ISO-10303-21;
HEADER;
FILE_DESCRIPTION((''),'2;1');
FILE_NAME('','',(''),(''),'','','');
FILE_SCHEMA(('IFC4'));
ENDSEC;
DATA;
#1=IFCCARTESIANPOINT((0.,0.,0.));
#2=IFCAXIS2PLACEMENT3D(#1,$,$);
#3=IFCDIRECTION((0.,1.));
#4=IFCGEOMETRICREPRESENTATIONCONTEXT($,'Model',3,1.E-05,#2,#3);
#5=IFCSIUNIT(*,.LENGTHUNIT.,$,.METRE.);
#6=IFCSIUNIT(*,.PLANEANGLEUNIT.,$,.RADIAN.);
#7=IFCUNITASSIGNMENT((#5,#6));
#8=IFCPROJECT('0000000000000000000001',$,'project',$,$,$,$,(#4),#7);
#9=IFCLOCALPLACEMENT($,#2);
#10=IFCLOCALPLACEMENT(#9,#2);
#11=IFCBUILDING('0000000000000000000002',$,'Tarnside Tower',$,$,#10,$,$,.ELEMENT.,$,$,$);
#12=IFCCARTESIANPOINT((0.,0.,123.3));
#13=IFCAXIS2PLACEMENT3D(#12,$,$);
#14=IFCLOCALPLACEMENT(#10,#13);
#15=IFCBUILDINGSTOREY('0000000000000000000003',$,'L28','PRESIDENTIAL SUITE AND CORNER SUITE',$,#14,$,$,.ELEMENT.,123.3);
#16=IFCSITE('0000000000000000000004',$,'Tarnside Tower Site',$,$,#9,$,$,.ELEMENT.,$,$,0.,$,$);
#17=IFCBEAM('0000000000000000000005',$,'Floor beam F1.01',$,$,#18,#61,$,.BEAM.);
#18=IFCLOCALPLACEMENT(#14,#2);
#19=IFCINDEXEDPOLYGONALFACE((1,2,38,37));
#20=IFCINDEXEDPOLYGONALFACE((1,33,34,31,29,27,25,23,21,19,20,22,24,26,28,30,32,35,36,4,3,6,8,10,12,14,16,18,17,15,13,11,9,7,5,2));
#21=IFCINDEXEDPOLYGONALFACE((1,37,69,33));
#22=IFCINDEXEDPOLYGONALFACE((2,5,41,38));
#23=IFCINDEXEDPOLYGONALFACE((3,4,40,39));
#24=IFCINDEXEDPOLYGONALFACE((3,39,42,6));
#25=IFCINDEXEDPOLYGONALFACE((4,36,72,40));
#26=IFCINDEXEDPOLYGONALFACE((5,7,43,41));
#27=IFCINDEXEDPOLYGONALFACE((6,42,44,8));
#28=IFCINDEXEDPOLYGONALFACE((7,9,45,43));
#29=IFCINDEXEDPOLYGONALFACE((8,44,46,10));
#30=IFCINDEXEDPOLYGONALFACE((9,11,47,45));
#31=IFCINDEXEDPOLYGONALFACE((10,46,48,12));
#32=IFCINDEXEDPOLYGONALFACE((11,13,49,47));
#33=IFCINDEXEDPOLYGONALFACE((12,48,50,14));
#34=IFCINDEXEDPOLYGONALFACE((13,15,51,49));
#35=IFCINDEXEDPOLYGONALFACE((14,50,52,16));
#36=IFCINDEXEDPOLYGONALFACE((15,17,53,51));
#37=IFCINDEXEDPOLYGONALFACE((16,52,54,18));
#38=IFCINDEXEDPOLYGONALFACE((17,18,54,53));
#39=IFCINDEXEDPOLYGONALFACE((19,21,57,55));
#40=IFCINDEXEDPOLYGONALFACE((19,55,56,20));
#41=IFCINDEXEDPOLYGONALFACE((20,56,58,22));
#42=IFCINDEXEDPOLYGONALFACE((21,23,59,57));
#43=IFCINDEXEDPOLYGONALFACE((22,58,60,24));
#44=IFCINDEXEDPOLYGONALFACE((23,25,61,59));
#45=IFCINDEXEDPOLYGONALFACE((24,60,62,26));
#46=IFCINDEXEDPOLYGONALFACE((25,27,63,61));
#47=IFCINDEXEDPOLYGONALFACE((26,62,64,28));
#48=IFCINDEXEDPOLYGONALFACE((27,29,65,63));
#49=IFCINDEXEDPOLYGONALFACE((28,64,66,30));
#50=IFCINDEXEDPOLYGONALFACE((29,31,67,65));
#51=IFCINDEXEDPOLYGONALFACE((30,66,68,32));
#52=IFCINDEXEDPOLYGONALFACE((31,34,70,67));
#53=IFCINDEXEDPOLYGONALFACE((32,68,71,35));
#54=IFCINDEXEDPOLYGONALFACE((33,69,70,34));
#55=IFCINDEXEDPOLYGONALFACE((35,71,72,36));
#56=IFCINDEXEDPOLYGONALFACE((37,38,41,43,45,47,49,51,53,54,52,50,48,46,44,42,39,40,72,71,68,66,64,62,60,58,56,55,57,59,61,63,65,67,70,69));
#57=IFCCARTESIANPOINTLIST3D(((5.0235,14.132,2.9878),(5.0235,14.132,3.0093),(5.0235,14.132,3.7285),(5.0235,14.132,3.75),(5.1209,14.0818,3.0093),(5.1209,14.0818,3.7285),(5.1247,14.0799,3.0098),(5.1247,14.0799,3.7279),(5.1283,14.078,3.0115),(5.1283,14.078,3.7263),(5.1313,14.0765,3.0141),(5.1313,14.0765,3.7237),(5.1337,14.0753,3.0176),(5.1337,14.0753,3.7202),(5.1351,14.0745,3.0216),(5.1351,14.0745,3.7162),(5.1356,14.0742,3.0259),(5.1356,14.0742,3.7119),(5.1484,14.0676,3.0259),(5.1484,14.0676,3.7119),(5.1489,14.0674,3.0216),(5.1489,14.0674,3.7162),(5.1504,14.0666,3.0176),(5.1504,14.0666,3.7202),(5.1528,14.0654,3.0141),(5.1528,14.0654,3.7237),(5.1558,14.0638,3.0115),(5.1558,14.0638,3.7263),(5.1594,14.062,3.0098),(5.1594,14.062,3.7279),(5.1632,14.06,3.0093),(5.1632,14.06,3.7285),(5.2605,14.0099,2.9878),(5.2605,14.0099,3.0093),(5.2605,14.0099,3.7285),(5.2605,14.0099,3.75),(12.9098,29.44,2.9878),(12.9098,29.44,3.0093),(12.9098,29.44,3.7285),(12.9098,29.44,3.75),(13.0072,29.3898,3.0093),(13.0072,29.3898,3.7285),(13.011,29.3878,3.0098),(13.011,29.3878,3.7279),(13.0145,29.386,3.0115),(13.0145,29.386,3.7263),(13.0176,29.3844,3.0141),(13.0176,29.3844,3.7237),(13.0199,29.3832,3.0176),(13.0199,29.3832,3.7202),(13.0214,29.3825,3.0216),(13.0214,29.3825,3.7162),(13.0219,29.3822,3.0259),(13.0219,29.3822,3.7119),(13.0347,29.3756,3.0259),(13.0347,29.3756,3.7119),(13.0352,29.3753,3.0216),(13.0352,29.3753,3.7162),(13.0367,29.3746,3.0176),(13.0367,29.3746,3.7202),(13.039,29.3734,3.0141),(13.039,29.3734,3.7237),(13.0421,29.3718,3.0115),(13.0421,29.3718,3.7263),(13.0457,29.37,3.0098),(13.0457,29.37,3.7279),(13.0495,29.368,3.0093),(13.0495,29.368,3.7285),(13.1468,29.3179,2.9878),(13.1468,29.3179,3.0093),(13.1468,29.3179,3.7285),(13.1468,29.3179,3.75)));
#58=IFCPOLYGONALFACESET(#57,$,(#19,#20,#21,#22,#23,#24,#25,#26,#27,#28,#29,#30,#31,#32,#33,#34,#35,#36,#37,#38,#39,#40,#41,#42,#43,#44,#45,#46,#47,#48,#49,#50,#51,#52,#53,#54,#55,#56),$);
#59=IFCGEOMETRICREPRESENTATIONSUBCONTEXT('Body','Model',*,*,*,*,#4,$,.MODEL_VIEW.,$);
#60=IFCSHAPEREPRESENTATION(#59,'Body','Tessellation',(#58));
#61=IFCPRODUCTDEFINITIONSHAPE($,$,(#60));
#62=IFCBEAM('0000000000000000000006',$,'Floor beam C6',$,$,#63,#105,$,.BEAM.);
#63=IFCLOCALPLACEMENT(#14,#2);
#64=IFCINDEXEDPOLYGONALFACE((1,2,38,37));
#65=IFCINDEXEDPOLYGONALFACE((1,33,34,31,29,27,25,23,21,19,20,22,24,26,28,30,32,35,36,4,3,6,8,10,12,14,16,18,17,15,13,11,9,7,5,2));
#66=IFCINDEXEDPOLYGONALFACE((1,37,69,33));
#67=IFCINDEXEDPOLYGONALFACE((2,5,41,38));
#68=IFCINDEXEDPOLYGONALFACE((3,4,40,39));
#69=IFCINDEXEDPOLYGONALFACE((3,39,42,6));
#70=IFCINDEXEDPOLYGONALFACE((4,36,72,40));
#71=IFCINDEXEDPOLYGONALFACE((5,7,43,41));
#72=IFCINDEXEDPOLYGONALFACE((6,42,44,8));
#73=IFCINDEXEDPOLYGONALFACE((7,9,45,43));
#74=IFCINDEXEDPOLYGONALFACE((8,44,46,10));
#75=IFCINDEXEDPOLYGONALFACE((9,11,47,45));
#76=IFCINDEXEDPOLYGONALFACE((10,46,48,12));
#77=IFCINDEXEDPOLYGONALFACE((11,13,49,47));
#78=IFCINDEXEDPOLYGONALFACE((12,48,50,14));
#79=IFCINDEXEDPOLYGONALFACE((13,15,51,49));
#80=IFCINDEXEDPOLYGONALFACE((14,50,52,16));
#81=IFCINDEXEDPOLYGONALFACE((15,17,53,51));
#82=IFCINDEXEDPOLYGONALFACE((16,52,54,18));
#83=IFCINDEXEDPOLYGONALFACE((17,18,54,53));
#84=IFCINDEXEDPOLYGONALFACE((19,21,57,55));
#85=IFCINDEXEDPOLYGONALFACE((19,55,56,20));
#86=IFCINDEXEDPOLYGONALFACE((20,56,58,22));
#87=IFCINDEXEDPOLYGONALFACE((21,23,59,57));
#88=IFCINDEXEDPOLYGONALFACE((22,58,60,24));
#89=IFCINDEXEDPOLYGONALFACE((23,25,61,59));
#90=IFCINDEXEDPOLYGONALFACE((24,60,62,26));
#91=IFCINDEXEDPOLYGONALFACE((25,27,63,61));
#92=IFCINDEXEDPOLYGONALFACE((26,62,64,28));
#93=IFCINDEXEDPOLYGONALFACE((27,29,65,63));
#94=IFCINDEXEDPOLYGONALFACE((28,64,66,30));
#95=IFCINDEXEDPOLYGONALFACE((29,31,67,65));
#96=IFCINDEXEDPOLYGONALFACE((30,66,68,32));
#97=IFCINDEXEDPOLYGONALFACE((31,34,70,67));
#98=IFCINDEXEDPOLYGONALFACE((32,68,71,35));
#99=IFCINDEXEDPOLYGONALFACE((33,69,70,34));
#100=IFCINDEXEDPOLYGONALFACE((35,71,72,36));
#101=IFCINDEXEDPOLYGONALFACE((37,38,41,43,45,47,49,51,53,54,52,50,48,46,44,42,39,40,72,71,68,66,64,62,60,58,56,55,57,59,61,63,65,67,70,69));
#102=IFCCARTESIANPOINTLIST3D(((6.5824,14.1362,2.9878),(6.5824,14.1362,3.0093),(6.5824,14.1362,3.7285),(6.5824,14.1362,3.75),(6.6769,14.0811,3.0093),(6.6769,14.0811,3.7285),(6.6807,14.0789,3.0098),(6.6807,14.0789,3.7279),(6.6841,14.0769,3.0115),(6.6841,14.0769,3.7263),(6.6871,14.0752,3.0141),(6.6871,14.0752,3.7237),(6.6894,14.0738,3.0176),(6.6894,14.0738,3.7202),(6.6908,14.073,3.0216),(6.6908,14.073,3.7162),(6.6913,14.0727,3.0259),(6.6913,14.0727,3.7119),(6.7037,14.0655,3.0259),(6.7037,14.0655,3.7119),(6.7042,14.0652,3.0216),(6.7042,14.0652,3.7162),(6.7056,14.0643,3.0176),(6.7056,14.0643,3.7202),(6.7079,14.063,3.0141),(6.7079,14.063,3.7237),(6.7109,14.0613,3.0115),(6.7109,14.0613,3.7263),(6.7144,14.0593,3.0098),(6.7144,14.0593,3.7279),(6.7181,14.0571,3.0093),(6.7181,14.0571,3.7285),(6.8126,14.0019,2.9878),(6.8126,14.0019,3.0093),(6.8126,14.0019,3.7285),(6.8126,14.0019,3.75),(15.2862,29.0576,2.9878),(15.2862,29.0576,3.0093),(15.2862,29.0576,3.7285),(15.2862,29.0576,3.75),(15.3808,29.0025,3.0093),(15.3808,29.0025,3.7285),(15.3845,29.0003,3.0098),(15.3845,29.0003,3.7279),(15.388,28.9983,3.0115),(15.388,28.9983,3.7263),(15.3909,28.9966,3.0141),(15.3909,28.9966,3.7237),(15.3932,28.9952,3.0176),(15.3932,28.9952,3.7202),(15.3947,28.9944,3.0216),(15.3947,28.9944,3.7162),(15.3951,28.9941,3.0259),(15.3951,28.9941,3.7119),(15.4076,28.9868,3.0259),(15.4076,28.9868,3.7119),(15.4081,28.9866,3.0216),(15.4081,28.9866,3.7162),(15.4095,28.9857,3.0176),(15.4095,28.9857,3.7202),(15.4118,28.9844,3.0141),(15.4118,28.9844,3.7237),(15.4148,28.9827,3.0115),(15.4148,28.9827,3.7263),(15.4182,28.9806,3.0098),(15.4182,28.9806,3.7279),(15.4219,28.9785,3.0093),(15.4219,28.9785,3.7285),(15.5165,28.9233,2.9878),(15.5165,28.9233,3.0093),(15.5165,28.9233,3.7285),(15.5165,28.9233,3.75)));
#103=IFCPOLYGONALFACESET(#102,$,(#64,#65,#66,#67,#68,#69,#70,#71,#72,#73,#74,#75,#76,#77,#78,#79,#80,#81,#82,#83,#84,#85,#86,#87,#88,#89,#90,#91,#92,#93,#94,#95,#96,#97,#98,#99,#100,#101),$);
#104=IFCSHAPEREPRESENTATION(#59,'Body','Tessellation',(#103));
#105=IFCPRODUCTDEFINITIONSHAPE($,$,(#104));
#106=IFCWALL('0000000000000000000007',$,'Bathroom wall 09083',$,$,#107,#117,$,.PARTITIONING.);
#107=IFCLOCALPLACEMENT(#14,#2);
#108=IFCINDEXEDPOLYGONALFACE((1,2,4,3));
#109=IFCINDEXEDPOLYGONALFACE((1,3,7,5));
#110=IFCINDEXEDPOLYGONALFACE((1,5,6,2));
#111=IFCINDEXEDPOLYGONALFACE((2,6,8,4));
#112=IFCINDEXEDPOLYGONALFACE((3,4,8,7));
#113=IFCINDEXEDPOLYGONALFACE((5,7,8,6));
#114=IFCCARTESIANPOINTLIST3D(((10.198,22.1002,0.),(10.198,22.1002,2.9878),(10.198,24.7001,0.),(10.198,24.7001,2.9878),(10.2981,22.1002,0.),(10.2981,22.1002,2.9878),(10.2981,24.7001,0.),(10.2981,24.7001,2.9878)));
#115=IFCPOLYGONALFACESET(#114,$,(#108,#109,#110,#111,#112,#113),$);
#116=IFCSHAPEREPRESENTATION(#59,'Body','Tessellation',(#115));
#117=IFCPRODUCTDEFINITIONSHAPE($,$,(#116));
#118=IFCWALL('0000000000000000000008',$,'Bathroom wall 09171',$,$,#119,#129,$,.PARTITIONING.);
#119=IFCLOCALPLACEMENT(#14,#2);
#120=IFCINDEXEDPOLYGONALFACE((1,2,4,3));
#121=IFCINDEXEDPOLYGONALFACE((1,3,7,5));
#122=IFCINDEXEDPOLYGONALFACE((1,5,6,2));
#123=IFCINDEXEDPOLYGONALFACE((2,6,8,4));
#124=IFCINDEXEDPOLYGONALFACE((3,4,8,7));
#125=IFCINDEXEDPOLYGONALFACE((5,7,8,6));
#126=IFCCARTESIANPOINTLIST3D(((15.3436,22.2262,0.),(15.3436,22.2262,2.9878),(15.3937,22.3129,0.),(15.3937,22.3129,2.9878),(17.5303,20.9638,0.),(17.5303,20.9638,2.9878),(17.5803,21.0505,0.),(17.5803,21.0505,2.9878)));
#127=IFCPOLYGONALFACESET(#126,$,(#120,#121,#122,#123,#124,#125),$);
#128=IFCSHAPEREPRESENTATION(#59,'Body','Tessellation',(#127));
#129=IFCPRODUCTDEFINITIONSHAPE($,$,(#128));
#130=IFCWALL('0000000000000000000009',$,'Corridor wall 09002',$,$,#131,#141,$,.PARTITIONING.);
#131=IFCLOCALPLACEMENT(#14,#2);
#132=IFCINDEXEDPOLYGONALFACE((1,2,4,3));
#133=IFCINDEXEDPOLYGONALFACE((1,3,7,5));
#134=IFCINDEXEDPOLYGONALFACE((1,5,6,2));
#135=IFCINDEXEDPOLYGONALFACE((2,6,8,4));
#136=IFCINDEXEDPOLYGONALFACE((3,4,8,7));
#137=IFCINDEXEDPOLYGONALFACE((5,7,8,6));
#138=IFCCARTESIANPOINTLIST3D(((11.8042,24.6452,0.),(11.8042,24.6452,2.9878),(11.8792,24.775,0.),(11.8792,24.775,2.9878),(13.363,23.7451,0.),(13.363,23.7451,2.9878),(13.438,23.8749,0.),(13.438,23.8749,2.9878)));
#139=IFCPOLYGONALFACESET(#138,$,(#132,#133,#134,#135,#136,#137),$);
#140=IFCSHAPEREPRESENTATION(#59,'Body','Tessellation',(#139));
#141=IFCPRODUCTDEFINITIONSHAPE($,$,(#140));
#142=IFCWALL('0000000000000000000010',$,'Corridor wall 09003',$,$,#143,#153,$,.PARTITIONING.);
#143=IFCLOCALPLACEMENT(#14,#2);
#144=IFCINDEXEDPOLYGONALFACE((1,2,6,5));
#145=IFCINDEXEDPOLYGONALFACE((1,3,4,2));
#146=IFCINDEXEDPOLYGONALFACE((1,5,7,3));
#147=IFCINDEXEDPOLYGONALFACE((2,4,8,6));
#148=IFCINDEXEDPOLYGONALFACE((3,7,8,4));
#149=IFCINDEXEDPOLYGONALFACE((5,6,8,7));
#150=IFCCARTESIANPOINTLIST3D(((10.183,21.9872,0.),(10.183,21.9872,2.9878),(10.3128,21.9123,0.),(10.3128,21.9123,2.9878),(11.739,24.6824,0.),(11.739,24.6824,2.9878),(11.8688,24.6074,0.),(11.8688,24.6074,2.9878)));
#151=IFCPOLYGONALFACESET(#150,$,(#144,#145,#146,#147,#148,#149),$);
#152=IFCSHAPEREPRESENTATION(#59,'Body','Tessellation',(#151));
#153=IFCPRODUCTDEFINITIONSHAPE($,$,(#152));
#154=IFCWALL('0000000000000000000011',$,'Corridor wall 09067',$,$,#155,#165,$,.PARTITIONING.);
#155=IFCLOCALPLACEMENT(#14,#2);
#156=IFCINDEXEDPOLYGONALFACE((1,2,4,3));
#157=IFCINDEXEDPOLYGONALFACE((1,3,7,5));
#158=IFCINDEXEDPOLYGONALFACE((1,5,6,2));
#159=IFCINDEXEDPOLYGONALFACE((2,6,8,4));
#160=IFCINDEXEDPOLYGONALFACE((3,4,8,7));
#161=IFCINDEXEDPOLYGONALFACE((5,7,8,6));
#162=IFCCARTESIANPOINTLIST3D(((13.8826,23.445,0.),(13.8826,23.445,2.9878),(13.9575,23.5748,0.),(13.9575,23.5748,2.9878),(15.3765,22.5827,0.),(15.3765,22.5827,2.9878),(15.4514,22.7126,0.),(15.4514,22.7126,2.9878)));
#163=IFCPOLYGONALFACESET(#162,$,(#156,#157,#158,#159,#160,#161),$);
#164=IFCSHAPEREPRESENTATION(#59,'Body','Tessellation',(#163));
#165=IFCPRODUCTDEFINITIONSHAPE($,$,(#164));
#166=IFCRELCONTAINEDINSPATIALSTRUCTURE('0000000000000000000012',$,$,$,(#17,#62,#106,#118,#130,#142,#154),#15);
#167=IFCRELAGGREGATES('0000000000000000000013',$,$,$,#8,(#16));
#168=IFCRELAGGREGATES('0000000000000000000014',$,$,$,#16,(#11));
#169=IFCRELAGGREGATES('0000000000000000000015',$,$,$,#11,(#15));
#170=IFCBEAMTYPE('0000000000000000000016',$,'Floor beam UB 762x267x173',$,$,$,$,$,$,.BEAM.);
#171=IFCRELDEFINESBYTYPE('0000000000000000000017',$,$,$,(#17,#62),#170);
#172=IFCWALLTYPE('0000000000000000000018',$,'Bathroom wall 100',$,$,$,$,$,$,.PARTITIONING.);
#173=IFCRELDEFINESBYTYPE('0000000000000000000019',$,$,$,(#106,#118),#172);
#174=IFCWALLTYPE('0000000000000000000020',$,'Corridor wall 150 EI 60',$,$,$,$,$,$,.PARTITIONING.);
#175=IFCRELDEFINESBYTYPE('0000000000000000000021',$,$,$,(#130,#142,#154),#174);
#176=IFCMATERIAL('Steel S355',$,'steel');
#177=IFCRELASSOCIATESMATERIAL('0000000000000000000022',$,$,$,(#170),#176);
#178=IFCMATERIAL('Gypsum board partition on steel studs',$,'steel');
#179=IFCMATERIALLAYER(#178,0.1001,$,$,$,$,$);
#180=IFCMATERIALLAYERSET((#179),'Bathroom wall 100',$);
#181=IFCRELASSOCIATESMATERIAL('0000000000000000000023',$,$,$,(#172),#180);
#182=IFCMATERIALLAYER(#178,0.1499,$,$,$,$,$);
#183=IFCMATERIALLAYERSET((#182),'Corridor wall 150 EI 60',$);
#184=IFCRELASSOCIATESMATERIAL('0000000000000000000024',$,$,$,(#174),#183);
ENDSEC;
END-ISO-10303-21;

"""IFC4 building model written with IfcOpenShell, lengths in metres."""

from ifc_helpers import new_model, si_unit, direction, frame, frame_2d, origin, origin_2d, place, context, subcontext, project, spatial, rectangle, i_section, extrude, material, layer, layer_set, material_profile, profile_set, type_object, element, save


model = new_model("IFC4")

# Units and contexts
model_context = context("Model", 3, precision=1e-05, world=origin(), true_north=direction((0.0, 1.0)))
body_context = subcontext(model_context, "Body", "Model", "MODEL_VIEW")
ifc_project = project(units=[si_unit("LENGTHUNIT", "METRE"), si_unit("PLANEANGLEUNIT", "RADIAN")], contexts=[model_context])

# Site, building, storey
site_placement = place(None, origin())
site = spatial("IfcSite", under=ifc_project, at=site_placement, Name="Tarnside Tower Site", CompositionType="ELEMENT", RefElevation=0.0)
building_placement = place(site_placement, origin())
building = spatial("IfcBuilding", under=site, at=building_placement, Name="Tarnside Tower", CompositionType="ELEMENT")
storey_placement = place(building_placement, frame((0.0, 0.0, 123.3)))
storey = spatial("IfcBuildingStorey", under=building, at=storey_placement, Name="L28", Description="PRESIDENTIAL SUITE AND CORNER SUITE", CompositionType="ELEMENT", Elevation=123.3)

# Beams
ifc_material_1 = material(Name="Steel S355", Category="steel")
ifc_material_profile = material_profile(ifc_material_1, i_section(OverallWidth=0.2666, OverallDepth=0.7622, WebThickness=0.0144, FlangeThickness=0.0215, FilletRadius=0.0166, at=origin_2d()), Name="UB 762x267x173")
ifc_profile_set = profile_set([ifc_material_profile], Name="Steel S355")
beam_type = type_object("IfcBeamType", Name="Floor beam UB 762x267x173", PredefinedType="BEAM", material=ifc_profile_set)
beam_1_placement = place(storey_placement, frame((13.0283, 29.3789, 3.3689), z_axis=(-0.457973, -0.888966, 0.0), x_axis=(0.888966, -0.457973, 0.0)))
element("IfcBeam", 1, at=beam_1_placement, inside=storey, type_object=beam_type, Name="Floor beam F1.01", PredefinedType="BEAM", context=body_context, shape_type="SweptSolid", body=[
    extrude(i_section(OverallWidth=0.2666, OverallDepth=0.7622, WebThickness=0.0144, FlangeThickness=0.0215, FilletRadius=0.0166, at=origin_2d()), origin(), (0.0, 0.0, 1.0), 17.22),
])
beam_2_placement = place(storey_placement, frame((15.4014, 28.9905, 3.3689), z_axis=(-0.503859, -0.863786, 0.0), x_axis=(0.863786, -0.503859, 0.0)))
element("IfcBeam", 2, at=beam_2_placement, inside=storey, type_object=beam_type, Name="Floor beam C6", PredefinedType="BEAM", context=body_context, shape_type="SweptSolid", body=[
    extrude(i_section(OverallWidth=0.2666, OverallDepth=0.7622, WebThickness=0.0144, FlangeThickness=0.0215, FilletRadius=0.0166, at=origin_2d()), origin(), (0.0, 0.0, 1.0), 17.2744),
])

# Walls
ifc_material_2 = material(Name="Gypsum board partition on steel studs", Category="steel")
ifc_layer_1 = layer(ifc_material_2, 0.1001)
ifc_layer_set_1 = layer_set([ifc_layer_1], Name="Bathroom wall 100")
wall_type_1 = type_object("IfcWallType", Name="Bathroom wall 100", PredefinedType="PARTITIONING", material=ifc_layer_set_1)
wall_1_placement = place(storey_placement, frame((10.248, 24.7, 0.0), z_axis=(0.0, 0.0, 1.0), x_axis=(0.0, -1.0, 0.0)))
element("IfcWall", 3, at=wall_1_placement, inside=storey, type_object=wall_type_1, Name="Bathroom wall 09083", PredefinedType="PARTITIONING", context=body_context, shape_type="SweptSolid", body=[
    extrude(rectangle(XDim=2.5999, YDim=0.1001, at=frame_2d((1.2998, 0.0))), origin(), (0.0, 0.0, 1.0), 2.9878),
])
wall_2_placement = place(storey_placement, frame((15.3687, 22.2695, 0.0), z_axis=(0.0, 0.0, 1.0), x_axis=(0.866039, -0.499976, 0.0)))
element("IfcWall", 4, at=wall_2_placement, inside=storey, type_object=wall_type_1, Name="Bathroom wall 09171", PredefinedType="PARTITIONING", context=body_context, shape_type="SweptSolid", body=[
    extrude(rectangle(XDim=2.5249, YDim=0.1001, at=frame_2d((1.2625, 0.0))), origin(), (0.0, 0.0, 1.0), 2.9878),
])
ifc_layer_2 = layer(ifc_material_2, 0.1499)
ifc_layer_set_2 = layer_set([ifc_layer_2], Name="Corridor wall 150 EI 60")
wall_type_2 = type_object("IfcWallType", Name="Corridor wall 150 EI 60", PredefinedType="PARTITIONING", material=ifc_layer_set_2)
wall_3_placement = place(storey_placement, frame((13.4004, 23.8101, 0.0), z_axis=(0.0, 0.0, 1.0), x_axis=(-0.865989, 0.500063, 0.0)))
element("IfcWall", 5, at=wall_3_placement, inside=storey, type_object=wall_type_2, Name="Corridor wall 09002", PredefinedType="PARTITIONING", context=body_context, shape_type="SweptSolid", body=[
    extrude(rectangle(XDim=1.8, YDim=0.1499, at=frame_2d((0.8999, 0.0))), origin(), (0.0, 0.0, 1.0), 2.9878),
])
wall_4_placement = place(storey_placement, frame((11.804, 24.645, 0.0), z_axis=(0.0, 0.0, 1.0), x_axis=(-0.499978, -0.866038, 0.0)))
element("IfcWall", 6, at=wall_4_placement, inside=storey, type_object=wall_type_2, Name="Corridor wall 09003", PredefinedType="PARTITIONING", context=body_context, shape_type="SweptSolid", body=[
    extrude(rectangle(XDim=3.1121, YDim=0.1499, at=frame_2d((1.5562, 0.0))), origin(), (0.0, 0.0, 1.0), 2.9878),
])
wall_5_placement = place(storey_placement, frame((15.4138, 22.6477, 0.0), z_axis=(0.0, 0.0, 1.0), x_axis=(-0.866075, 0.499914, 0.0)))
element("IfcWall", 7, at=wall_5_placement, inside=storey, type_object=wall_type_2, Name="Corridor wall 09067", PredefinedType="PARTITIONING", context=body_context, shape_type="SweptSolid", body=[
    extrude(rectangle(XDim=1.7249, YDim=0.1499, at=frame_2d((0.8623, 0.0))), origin(), (0.0, 0.0, 1.0), 2.9878),
])

save(model, "model.ifc")
